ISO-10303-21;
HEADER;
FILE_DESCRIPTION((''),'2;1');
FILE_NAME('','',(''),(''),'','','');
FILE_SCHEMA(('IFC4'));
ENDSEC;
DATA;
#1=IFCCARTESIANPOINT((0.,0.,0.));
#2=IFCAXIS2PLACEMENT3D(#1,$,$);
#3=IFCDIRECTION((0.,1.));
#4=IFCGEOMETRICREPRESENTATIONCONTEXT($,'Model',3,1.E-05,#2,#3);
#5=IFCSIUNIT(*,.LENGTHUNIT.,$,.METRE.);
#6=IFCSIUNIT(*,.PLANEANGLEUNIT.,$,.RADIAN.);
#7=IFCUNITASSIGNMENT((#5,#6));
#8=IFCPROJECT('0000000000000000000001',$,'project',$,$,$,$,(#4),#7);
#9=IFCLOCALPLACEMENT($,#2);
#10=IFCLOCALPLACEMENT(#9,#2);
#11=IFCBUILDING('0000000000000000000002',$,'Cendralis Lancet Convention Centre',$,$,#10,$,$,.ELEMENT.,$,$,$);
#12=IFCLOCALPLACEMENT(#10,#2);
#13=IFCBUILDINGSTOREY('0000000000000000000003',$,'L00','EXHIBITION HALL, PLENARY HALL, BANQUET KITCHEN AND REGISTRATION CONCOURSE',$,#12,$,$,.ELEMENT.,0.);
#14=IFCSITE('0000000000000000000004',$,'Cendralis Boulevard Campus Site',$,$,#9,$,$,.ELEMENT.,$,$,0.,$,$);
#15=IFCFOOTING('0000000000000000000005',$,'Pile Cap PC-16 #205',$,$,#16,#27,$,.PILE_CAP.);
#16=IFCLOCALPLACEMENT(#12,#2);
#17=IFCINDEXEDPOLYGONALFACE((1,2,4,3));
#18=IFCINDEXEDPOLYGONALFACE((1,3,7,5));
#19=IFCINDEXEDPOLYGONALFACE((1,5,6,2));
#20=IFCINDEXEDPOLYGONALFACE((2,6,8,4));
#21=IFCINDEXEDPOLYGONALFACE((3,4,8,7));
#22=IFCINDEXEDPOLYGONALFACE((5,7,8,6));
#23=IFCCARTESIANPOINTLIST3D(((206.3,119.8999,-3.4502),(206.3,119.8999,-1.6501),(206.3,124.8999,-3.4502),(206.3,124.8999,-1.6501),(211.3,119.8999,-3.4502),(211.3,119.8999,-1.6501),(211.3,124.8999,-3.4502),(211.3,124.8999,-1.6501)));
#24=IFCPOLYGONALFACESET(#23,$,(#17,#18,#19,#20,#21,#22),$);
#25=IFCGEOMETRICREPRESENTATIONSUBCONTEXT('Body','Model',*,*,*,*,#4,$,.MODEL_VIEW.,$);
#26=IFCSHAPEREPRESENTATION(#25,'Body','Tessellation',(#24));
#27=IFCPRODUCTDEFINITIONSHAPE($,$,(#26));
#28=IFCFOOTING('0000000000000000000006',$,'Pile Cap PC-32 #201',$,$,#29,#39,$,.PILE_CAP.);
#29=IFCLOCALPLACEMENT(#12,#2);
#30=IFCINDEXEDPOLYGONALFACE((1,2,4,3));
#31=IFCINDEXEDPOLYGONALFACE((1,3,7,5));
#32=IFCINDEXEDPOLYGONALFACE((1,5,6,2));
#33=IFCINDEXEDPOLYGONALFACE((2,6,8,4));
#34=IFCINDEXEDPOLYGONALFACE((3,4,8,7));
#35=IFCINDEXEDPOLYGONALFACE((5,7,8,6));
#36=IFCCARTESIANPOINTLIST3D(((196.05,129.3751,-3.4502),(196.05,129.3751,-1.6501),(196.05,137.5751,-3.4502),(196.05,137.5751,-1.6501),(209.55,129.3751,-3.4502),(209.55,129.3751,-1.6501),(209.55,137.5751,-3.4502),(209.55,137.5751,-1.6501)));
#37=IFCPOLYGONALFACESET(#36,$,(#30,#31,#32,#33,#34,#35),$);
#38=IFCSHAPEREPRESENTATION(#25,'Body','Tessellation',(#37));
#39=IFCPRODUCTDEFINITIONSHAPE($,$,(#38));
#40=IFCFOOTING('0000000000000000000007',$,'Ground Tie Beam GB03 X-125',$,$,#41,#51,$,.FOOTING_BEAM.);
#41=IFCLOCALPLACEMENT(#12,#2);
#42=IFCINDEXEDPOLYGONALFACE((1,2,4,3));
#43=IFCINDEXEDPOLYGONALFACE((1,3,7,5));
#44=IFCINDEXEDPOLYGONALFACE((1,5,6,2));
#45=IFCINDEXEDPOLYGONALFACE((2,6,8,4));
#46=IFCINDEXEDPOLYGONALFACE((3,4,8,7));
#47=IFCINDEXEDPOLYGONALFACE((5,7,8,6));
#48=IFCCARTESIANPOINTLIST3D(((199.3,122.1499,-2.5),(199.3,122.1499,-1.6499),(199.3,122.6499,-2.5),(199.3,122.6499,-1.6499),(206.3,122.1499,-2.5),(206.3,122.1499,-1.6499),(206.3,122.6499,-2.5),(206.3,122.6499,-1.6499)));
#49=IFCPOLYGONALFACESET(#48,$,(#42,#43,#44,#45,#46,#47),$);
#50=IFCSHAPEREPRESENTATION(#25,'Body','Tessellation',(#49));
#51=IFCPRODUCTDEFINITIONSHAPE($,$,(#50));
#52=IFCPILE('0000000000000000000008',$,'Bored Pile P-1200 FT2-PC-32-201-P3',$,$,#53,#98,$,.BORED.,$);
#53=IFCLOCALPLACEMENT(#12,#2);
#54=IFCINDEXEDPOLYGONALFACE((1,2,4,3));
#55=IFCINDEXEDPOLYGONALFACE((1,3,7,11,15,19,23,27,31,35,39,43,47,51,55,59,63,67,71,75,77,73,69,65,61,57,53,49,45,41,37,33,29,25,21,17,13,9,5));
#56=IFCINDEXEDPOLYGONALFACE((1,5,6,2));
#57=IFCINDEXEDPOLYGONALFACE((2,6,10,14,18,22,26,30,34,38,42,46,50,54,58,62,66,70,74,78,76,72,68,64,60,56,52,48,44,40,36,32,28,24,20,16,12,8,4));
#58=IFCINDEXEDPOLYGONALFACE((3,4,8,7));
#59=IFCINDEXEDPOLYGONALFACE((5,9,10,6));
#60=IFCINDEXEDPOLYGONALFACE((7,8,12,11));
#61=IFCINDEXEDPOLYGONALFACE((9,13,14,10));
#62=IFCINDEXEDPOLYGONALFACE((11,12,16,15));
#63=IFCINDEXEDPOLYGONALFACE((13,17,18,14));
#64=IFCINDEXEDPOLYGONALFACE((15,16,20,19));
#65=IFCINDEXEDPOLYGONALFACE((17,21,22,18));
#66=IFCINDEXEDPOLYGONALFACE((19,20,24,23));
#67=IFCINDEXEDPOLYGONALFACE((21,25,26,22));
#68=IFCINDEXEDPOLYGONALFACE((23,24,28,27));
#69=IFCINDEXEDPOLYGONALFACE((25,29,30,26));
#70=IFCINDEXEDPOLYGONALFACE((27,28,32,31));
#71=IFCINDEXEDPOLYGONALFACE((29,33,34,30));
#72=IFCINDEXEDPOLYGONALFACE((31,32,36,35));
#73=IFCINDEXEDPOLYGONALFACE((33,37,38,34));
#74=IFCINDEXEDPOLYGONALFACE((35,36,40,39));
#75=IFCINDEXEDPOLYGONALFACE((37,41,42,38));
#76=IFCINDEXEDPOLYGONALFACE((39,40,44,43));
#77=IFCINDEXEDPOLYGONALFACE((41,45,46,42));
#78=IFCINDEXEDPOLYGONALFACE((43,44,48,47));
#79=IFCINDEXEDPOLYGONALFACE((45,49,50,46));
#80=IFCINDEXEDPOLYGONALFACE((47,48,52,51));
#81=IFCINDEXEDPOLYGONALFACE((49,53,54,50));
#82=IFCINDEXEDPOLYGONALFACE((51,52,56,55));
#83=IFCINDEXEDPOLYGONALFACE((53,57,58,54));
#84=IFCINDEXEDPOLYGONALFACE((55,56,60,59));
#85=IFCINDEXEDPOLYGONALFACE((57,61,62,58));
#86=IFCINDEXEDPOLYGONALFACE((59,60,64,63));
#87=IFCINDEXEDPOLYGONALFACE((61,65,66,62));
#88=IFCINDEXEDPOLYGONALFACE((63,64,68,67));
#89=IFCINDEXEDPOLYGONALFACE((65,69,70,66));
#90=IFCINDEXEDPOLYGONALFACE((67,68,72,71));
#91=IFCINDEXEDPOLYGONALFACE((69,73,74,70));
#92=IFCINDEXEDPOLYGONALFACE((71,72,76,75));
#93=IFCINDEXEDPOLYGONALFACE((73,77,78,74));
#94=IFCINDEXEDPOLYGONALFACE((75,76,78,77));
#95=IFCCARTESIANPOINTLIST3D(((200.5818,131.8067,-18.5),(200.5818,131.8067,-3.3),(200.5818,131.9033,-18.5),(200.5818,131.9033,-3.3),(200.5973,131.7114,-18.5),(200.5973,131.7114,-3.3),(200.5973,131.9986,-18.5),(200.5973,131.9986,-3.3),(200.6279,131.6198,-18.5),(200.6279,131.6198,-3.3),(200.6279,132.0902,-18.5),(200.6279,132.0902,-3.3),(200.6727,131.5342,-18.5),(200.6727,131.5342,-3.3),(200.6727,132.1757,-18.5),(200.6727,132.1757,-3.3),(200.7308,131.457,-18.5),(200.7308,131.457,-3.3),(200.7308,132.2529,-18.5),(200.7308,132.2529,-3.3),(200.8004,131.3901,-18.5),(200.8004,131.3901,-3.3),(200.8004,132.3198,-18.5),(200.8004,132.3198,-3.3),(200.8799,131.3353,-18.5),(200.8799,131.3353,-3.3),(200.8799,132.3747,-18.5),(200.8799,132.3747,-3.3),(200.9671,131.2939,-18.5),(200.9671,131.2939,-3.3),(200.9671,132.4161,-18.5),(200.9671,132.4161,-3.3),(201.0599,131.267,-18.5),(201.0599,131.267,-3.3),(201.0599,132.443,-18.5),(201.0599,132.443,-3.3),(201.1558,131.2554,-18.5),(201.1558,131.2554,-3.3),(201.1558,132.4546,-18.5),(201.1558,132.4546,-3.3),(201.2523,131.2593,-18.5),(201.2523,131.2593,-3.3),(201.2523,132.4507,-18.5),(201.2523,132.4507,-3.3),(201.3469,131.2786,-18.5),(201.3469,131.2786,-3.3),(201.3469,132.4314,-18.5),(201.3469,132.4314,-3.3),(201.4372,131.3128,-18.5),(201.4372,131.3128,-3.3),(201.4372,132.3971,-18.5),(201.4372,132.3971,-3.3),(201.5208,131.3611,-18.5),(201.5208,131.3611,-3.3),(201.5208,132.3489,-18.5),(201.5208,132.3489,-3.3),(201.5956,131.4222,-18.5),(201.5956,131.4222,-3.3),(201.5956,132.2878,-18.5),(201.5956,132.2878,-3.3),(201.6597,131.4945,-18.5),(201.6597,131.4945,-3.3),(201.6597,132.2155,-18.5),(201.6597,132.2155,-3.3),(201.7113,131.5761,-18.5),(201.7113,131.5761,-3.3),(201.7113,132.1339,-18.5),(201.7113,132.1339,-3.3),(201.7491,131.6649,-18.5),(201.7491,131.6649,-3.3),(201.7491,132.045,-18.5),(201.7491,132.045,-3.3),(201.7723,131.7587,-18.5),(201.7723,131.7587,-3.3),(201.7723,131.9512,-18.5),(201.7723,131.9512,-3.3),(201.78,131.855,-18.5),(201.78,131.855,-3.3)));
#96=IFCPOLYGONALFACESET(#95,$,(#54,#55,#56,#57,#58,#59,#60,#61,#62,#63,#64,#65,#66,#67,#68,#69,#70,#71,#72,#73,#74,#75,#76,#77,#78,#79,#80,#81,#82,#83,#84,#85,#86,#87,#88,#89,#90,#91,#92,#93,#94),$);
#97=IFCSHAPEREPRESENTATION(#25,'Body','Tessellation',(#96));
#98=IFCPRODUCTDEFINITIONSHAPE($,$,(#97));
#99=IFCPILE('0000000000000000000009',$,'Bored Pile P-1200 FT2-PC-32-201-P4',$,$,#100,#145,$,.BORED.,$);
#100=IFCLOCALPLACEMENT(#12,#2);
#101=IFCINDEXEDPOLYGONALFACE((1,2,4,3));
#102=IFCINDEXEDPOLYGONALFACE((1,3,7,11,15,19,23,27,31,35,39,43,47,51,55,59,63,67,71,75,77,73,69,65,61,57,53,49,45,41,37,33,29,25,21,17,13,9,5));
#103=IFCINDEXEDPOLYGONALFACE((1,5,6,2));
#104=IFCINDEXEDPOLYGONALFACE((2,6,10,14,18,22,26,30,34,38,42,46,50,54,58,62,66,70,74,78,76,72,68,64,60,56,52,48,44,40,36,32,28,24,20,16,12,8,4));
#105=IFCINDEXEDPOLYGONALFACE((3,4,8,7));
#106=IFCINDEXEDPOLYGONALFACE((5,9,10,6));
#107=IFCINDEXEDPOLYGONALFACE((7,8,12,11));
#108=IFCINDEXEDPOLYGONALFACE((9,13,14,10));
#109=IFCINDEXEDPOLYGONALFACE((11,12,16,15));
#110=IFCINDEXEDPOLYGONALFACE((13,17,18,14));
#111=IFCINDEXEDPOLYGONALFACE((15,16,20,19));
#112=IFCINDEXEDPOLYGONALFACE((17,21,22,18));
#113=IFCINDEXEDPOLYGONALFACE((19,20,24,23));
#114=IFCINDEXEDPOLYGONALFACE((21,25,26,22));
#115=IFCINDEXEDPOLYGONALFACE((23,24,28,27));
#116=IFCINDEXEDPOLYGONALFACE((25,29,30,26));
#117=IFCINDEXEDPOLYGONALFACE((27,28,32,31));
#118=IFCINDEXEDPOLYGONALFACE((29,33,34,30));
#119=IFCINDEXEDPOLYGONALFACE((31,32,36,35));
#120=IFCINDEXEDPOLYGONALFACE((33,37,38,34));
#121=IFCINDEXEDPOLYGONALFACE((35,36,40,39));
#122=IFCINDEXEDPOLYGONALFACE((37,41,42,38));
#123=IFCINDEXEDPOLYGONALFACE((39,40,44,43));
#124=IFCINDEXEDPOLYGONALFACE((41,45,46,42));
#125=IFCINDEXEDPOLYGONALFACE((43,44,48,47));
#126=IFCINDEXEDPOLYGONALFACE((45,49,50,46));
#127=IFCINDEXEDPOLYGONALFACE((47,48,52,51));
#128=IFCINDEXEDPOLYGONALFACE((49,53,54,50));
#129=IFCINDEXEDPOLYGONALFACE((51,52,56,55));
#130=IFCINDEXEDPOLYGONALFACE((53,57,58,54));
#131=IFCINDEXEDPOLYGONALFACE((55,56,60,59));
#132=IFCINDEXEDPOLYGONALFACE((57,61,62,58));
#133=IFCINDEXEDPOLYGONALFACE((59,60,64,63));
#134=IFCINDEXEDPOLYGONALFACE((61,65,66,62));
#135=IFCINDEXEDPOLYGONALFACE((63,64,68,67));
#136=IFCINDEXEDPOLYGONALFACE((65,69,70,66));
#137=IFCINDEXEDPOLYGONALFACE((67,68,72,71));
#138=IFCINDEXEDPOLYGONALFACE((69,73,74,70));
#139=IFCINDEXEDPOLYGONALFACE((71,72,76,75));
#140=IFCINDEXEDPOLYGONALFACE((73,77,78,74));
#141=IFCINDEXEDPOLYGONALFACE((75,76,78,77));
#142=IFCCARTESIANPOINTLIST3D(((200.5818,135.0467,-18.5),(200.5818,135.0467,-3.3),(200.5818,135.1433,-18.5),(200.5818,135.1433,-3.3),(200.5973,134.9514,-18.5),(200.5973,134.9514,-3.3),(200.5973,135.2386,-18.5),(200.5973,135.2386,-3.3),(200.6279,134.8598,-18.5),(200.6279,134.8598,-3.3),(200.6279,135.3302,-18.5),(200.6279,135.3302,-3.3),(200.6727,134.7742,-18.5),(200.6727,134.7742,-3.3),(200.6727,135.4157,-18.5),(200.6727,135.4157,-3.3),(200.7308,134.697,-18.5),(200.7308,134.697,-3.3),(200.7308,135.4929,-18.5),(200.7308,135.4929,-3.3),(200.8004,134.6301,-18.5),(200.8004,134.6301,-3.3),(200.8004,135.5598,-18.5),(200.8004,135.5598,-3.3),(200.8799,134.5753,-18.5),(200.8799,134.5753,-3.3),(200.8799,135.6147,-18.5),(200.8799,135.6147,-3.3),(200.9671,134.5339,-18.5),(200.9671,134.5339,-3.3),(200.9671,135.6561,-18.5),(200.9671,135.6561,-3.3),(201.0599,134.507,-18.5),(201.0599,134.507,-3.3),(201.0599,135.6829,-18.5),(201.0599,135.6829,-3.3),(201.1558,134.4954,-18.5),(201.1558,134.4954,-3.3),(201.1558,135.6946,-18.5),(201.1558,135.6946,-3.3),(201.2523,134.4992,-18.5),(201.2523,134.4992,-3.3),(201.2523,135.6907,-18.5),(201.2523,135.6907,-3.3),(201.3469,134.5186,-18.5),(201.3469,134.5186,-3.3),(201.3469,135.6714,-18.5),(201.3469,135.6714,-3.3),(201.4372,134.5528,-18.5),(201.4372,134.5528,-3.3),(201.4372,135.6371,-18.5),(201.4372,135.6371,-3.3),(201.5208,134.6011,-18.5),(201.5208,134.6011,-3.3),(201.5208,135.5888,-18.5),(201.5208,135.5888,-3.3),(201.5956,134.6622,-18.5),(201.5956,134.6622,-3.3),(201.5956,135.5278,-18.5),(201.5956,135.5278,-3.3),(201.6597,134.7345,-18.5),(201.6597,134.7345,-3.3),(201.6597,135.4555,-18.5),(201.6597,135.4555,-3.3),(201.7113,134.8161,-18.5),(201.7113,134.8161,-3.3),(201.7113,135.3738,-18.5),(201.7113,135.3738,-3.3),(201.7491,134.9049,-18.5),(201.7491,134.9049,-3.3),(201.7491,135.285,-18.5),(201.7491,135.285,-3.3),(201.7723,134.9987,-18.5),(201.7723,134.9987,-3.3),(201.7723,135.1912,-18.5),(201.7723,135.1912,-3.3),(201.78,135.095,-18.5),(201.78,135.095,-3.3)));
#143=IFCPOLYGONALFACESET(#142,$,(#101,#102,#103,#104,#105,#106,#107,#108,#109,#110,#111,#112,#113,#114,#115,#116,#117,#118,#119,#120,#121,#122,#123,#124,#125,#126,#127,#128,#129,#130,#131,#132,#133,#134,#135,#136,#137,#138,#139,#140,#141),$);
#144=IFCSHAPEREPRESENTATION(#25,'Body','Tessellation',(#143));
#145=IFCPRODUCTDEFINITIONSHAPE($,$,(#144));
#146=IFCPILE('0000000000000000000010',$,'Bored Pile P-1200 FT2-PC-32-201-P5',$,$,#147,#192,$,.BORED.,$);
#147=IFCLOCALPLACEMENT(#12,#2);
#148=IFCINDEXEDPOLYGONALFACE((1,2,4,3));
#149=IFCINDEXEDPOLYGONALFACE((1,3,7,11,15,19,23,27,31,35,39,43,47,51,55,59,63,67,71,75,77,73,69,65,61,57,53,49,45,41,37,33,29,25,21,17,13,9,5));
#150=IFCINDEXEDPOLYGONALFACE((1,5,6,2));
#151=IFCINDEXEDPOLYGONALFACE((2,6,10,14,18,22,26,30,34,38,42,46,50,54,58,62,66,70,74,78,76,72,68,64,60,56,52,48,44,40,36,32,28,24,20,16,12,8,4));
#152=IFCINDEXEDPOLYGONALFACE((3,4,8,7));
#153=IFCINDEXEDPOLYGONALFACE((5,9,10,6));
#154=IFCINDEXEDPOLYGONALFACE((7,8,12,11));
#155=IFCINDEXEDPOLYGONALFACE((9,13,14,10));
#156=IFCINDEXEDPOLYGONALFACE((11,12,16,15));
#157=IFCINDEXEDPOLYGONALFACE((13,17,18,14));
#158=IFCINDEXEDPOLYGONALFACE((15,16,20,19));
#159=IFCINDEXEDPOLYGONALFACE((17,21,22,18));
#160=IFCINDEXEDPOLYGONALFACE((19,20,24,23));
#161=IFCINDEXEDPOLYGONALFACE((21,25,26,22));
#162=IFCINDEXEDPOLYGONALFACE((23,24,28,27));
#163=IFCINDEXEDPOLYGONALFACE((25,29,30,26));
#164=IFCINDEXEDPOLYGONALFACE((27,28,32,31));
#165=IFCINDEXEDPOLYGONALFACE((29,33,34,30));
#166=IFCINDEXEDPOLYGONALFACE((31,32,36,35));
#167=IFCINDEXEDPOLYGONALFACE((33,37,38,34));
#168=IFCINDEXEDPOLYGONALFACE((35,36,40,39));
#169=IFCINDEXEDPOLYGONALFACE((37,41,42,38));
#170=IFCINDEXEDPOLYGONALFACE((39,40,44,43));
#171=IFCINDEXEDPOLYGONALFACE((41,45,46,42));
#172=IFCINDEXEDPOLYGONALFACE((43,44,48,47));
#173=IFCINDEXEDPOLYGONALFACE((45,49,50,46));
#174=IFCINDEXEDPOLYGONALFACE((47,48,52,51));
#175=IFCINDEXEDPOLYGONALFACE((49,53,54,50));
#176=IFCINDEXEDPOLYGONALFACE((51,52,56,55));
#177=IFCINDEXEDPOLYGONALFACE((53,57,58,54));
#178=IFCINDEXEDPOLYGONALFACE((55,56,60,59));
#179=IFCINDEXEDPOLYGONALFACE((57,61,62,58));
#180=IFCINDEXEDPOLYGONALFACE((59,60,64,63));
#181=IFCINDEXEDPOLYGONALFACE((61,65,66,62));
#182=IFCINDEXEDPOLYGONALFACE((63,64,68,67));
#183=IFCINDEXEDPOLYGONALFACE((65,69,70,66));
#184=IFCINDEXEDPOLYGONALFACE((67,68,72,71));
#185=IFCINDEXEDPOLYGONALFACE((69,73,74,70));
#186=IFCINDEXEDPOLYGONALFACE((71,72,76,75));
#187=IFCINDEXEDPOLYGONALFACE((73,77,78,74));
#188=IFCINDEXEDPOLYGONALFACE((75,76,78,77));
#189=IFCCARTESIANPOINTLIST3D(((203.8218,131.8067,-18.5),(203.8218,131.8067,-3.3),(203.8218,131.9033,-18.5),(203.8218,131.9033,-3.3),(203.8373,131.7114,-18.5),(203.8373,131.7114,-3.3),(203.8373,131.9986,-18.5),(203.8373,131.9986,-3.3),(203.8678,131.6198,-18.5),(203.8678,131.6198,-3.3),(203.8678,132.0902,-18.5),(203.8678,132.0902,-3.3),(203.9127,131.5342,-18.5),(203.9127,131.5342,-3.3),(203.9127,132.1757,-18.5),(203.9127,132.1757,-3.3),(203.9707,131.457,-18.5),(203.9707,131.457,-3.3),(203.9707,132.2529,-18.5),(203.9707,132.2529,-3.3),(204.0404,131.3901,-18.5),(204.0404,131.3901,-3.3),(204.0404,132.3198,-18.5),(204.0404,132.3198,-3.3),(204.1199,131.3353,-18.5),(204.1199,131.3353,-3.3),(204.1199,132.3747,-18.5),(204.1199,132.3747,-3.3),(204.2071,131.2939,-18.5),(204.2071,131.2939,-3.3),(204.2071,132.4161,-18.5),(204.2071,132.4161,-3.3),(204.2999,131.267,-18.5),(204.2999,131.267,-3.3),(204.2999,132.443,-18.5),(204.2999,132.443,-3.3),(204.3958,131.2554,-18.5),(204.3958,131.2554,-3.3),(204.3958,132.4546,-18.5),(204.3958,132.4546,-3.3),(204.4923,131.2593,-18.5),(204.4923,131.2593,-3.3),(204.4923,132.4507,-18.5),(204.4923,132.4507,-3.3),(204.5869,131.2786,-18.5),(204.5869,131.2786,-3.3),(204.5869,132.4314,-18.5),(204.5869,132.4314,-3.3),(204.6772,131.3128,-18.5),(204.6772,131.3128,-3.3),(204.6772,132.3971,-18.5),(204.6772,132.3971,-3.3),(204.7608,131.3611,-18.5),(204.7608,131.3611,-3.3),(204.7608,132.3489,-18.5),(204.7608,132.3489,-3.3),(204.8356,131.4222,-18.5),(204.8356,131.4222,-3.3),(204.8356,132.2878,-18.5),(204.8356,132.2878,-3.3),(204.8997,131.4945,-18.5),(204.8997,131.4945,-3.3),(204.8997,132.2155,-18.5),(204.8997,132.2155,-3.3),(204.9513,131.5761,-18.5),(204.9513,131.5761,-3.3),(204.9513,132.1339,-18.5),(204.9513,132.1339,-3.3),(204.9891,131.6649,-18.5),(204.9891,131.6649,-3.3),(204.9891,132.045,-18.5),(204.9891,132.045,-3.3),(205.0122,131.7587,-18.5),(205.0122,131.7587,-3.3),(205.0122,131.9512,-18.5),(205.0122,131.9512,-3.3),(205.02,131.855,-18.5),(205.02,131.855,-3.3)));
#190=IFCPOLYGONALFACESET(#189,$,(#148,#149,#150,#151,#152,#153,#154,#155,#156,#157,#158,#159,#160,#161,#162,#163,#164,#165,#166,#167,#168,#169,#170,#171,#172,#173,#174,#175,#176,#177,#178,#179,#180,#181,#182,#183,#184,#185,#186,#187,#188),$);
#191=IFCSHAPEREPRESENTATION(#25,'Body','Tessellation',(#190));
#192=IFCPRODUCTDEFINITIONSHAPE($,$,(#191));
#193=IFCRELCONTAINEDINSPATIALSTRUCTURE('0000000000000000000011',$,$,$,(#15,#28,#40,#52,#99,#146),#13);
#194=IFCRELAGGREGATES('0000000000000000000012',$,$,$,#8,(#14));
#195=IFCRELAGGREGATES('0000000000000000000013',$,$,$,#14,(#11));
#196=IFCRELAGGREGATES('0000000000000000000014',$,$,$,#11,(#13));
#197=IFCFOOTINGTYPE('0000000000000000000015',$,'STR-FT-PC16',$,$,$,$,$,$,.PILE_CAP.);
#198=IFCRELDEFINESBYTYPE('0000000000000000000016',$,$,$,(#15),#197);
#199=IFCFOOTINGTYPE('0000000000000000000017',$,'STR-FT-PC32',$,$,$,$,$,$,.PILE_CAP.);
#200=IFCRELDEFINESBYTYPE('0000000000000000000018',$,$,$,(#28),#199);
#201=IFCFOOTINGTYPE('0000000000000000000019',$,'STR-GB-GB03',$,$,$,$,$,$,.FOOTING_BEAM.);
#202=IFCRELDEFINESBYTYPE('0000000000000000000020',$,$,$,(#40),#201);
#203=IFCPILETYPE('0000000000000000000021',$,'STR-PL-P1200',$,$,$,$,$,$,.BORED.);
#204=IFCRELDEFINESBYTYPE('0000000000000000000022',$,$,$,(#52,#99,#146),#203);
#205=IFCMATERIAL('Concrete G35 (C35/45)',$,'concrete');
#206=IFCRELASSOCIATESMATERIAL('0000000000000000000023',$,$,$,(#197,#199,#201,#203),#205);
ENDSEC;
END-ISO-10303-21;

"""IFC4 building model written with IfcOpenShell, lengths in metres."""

from ifc_helpers import new_model, si_unit, direction, frame, origin, origin_2d, place, context, subcontext, project, spatial, rectangle, circle, extrude, material, material_profile, profile_set, type_object, element, save


model = new_model("IFC4")

# Units and contexts
model_context = context("Model", 3, precision=1e-05, world=origin(), true_north=direction((0.0, 1.0)))
body_context = subcontext(model_context, "Body", "Model", "MODEL_VIEW")
ifc_project = project(units=[si_unit("LENGTHUNIT", "METRE"), si_unit("PLANEANGLEUNIT", "RADIAN")], contexts=[model_context])

# Site, building, storey
site_placement = place(None, origin())
site = spatial("IfcSite", under=ifc_project, at=site_placement, Name="Cendralis Boulevard Campus Site", CompositionType="ELEMENT", RefElevation=0.0)
building_placement = place(site_placement, origin())
building = spatial("IfcBuilding", under=site, at=building_placement, Name="Cendralis Lancet Convention Centre", CompositionType="ELEMENT")
storey_placement = place(building_placement, origin())
storey = spatial("IfcBuildingStorey", under=building, at=storey_placement, Name="L00", Description="EXHIBITION HALL, PLENARY HALL, BANQUET KITCHEN AND REGISTRATION CONCOURSE", CompositionType="ELEMENT", Elevation=0.0)

# Footings
ifc_material_1 = material(Name="Concrete G35 (C35/45)", Category="concrete")
footing_type_1 = type_object("IfcFootingType", Name="STR-FT-PC16", PredefinedType="PILE_CAP", material=ifc_material_1)
footing_1_placement = place(storey_placement, frame((208.8, 122.3999, -3.4502), z_axis=(0.0, 0.0, 1.0), x_axis=(1.0, 0.0, 0.0)))
element("IfcFooting", 1, at=footing_1_placement, inside=storey, type_object=footing_type_1, Name="Pile Cap PC-16 #205", PredefinedType="PILE_CAP", context=body_context, shape_type="SweptSolid", body=[
    extrude(rectangle(XDim=5.0, YDim=5.0, at=origin_2d()), origin(), (0.0, 0.0, 1.0), 1.8),
])
footing_type_2 = type_object("IfcFootingType", Name="STR-FT-PC32", PredefinedType="PILE_CAP", material=ifc_material_1)
footing_2_placement = place(storey_placement, frame((202.8, 133.4751, -3.4502), z_axis=(0.0, 0.0, 1.0), x_axis=(1.0, 0.0, 0.0)))
element("IfcFooting", 2, at=footing_2_placement, inside=storey, type_object=footing_type_2, Name="Pile Cap PC-32 #201", PredefinedType="PILE_CAP", context=body_context, shape_type="SweptSolid", body=[
    extrude(rectangle(XDim=13.5, YDim=8.2, at=origin_2d()), origin(), (0.0, 0.0, 1.0), 1.8),
])
ifc_material_profile_1 = material_profile(ifc_material_1, rectangle(XDim=0.5, YDim=0.8501, at=origin_2d()), Name="RCB 500x850")
ifc_profile_set_1 = profile_set([ifc_material_profile_1], Name="Concrete G35 (C35/45)")
footing_type_3 = type_object("IfcFootingType", Name="STR-GB-GB03", PredefinedType="FOOTING_BEAM", material=ifc_profile_set_1)
footing_3_placement = place(storey_placement, frame((199.3, 122.3999, -2.075), z_axis=(1.0, 0.0, 0.0), x_axis=(0.0, 1.0, 0.0)))
element("IfcFooting", 3, at=footing_3_placement, inside=storey, type_object=footing_type_3, Name="Ground Tie Beam GB03 X-125", PredefinedType="FOOTING_BEAM", context=body_context, shape_type="SweptSolid", body=[
    extrude(rectangle(XDim=0.5, YDim=0.8501, at=origin_2d()), origin(), (0.0, 0.0, 1.0), 7.0),
])

# Piles
ifc_material_profile_2 = material_profile(ifc_material_1, circle(Radius=0.6001, at=origin_2d()), Name="BORED PILE D1200")
ifc_profile_set_2 = profile_set([ifc_material_profile_2], Name="Concrete G35 (C35/45)")
pile_type = type_object("IfcPileType", Name="STR-PL-P1200", PredefinedType="BORED", material=ifc_profile_set_2)
for number, where, z_axis, x_axis, name in (
    (4, (201.1799, 131.855, -3.3), (0.0, 0.0, -1.0), (1.0, 0.0, 0.0), "Bored Pile P-1200 FT2-PC-32-201-P3"),
    (5, (201.1799, 135.095, -3.3), (0.0, 0.0, -1.0), (1.0, 0.0, 0.0), "Bored Pile P-1200 FT2-PC-32-201-P4"),
    (6, (204.4199, 131.855, -3.3), (0.0, 0.0, -1.0), (1.0, 0.0, 0.0), "Bored Pile P-1200 FT2-PC-32-201-P5"),
):
    element("IfcPile", number, at=place(storey_placement, frame(where, z_axis=z_axis, x_axis=x_axis)), inside=storey, type_object=pile_type, Name=name, PredefinedType="BORED", context=body_context, shape_type="SweptSolid", body=[
        extrude(circle(Radius=0.6001, at=origin_2d()), origin(), (0.0, 0.0, 1.0), 15.2),
    ])

save(model, "model.ifc")
